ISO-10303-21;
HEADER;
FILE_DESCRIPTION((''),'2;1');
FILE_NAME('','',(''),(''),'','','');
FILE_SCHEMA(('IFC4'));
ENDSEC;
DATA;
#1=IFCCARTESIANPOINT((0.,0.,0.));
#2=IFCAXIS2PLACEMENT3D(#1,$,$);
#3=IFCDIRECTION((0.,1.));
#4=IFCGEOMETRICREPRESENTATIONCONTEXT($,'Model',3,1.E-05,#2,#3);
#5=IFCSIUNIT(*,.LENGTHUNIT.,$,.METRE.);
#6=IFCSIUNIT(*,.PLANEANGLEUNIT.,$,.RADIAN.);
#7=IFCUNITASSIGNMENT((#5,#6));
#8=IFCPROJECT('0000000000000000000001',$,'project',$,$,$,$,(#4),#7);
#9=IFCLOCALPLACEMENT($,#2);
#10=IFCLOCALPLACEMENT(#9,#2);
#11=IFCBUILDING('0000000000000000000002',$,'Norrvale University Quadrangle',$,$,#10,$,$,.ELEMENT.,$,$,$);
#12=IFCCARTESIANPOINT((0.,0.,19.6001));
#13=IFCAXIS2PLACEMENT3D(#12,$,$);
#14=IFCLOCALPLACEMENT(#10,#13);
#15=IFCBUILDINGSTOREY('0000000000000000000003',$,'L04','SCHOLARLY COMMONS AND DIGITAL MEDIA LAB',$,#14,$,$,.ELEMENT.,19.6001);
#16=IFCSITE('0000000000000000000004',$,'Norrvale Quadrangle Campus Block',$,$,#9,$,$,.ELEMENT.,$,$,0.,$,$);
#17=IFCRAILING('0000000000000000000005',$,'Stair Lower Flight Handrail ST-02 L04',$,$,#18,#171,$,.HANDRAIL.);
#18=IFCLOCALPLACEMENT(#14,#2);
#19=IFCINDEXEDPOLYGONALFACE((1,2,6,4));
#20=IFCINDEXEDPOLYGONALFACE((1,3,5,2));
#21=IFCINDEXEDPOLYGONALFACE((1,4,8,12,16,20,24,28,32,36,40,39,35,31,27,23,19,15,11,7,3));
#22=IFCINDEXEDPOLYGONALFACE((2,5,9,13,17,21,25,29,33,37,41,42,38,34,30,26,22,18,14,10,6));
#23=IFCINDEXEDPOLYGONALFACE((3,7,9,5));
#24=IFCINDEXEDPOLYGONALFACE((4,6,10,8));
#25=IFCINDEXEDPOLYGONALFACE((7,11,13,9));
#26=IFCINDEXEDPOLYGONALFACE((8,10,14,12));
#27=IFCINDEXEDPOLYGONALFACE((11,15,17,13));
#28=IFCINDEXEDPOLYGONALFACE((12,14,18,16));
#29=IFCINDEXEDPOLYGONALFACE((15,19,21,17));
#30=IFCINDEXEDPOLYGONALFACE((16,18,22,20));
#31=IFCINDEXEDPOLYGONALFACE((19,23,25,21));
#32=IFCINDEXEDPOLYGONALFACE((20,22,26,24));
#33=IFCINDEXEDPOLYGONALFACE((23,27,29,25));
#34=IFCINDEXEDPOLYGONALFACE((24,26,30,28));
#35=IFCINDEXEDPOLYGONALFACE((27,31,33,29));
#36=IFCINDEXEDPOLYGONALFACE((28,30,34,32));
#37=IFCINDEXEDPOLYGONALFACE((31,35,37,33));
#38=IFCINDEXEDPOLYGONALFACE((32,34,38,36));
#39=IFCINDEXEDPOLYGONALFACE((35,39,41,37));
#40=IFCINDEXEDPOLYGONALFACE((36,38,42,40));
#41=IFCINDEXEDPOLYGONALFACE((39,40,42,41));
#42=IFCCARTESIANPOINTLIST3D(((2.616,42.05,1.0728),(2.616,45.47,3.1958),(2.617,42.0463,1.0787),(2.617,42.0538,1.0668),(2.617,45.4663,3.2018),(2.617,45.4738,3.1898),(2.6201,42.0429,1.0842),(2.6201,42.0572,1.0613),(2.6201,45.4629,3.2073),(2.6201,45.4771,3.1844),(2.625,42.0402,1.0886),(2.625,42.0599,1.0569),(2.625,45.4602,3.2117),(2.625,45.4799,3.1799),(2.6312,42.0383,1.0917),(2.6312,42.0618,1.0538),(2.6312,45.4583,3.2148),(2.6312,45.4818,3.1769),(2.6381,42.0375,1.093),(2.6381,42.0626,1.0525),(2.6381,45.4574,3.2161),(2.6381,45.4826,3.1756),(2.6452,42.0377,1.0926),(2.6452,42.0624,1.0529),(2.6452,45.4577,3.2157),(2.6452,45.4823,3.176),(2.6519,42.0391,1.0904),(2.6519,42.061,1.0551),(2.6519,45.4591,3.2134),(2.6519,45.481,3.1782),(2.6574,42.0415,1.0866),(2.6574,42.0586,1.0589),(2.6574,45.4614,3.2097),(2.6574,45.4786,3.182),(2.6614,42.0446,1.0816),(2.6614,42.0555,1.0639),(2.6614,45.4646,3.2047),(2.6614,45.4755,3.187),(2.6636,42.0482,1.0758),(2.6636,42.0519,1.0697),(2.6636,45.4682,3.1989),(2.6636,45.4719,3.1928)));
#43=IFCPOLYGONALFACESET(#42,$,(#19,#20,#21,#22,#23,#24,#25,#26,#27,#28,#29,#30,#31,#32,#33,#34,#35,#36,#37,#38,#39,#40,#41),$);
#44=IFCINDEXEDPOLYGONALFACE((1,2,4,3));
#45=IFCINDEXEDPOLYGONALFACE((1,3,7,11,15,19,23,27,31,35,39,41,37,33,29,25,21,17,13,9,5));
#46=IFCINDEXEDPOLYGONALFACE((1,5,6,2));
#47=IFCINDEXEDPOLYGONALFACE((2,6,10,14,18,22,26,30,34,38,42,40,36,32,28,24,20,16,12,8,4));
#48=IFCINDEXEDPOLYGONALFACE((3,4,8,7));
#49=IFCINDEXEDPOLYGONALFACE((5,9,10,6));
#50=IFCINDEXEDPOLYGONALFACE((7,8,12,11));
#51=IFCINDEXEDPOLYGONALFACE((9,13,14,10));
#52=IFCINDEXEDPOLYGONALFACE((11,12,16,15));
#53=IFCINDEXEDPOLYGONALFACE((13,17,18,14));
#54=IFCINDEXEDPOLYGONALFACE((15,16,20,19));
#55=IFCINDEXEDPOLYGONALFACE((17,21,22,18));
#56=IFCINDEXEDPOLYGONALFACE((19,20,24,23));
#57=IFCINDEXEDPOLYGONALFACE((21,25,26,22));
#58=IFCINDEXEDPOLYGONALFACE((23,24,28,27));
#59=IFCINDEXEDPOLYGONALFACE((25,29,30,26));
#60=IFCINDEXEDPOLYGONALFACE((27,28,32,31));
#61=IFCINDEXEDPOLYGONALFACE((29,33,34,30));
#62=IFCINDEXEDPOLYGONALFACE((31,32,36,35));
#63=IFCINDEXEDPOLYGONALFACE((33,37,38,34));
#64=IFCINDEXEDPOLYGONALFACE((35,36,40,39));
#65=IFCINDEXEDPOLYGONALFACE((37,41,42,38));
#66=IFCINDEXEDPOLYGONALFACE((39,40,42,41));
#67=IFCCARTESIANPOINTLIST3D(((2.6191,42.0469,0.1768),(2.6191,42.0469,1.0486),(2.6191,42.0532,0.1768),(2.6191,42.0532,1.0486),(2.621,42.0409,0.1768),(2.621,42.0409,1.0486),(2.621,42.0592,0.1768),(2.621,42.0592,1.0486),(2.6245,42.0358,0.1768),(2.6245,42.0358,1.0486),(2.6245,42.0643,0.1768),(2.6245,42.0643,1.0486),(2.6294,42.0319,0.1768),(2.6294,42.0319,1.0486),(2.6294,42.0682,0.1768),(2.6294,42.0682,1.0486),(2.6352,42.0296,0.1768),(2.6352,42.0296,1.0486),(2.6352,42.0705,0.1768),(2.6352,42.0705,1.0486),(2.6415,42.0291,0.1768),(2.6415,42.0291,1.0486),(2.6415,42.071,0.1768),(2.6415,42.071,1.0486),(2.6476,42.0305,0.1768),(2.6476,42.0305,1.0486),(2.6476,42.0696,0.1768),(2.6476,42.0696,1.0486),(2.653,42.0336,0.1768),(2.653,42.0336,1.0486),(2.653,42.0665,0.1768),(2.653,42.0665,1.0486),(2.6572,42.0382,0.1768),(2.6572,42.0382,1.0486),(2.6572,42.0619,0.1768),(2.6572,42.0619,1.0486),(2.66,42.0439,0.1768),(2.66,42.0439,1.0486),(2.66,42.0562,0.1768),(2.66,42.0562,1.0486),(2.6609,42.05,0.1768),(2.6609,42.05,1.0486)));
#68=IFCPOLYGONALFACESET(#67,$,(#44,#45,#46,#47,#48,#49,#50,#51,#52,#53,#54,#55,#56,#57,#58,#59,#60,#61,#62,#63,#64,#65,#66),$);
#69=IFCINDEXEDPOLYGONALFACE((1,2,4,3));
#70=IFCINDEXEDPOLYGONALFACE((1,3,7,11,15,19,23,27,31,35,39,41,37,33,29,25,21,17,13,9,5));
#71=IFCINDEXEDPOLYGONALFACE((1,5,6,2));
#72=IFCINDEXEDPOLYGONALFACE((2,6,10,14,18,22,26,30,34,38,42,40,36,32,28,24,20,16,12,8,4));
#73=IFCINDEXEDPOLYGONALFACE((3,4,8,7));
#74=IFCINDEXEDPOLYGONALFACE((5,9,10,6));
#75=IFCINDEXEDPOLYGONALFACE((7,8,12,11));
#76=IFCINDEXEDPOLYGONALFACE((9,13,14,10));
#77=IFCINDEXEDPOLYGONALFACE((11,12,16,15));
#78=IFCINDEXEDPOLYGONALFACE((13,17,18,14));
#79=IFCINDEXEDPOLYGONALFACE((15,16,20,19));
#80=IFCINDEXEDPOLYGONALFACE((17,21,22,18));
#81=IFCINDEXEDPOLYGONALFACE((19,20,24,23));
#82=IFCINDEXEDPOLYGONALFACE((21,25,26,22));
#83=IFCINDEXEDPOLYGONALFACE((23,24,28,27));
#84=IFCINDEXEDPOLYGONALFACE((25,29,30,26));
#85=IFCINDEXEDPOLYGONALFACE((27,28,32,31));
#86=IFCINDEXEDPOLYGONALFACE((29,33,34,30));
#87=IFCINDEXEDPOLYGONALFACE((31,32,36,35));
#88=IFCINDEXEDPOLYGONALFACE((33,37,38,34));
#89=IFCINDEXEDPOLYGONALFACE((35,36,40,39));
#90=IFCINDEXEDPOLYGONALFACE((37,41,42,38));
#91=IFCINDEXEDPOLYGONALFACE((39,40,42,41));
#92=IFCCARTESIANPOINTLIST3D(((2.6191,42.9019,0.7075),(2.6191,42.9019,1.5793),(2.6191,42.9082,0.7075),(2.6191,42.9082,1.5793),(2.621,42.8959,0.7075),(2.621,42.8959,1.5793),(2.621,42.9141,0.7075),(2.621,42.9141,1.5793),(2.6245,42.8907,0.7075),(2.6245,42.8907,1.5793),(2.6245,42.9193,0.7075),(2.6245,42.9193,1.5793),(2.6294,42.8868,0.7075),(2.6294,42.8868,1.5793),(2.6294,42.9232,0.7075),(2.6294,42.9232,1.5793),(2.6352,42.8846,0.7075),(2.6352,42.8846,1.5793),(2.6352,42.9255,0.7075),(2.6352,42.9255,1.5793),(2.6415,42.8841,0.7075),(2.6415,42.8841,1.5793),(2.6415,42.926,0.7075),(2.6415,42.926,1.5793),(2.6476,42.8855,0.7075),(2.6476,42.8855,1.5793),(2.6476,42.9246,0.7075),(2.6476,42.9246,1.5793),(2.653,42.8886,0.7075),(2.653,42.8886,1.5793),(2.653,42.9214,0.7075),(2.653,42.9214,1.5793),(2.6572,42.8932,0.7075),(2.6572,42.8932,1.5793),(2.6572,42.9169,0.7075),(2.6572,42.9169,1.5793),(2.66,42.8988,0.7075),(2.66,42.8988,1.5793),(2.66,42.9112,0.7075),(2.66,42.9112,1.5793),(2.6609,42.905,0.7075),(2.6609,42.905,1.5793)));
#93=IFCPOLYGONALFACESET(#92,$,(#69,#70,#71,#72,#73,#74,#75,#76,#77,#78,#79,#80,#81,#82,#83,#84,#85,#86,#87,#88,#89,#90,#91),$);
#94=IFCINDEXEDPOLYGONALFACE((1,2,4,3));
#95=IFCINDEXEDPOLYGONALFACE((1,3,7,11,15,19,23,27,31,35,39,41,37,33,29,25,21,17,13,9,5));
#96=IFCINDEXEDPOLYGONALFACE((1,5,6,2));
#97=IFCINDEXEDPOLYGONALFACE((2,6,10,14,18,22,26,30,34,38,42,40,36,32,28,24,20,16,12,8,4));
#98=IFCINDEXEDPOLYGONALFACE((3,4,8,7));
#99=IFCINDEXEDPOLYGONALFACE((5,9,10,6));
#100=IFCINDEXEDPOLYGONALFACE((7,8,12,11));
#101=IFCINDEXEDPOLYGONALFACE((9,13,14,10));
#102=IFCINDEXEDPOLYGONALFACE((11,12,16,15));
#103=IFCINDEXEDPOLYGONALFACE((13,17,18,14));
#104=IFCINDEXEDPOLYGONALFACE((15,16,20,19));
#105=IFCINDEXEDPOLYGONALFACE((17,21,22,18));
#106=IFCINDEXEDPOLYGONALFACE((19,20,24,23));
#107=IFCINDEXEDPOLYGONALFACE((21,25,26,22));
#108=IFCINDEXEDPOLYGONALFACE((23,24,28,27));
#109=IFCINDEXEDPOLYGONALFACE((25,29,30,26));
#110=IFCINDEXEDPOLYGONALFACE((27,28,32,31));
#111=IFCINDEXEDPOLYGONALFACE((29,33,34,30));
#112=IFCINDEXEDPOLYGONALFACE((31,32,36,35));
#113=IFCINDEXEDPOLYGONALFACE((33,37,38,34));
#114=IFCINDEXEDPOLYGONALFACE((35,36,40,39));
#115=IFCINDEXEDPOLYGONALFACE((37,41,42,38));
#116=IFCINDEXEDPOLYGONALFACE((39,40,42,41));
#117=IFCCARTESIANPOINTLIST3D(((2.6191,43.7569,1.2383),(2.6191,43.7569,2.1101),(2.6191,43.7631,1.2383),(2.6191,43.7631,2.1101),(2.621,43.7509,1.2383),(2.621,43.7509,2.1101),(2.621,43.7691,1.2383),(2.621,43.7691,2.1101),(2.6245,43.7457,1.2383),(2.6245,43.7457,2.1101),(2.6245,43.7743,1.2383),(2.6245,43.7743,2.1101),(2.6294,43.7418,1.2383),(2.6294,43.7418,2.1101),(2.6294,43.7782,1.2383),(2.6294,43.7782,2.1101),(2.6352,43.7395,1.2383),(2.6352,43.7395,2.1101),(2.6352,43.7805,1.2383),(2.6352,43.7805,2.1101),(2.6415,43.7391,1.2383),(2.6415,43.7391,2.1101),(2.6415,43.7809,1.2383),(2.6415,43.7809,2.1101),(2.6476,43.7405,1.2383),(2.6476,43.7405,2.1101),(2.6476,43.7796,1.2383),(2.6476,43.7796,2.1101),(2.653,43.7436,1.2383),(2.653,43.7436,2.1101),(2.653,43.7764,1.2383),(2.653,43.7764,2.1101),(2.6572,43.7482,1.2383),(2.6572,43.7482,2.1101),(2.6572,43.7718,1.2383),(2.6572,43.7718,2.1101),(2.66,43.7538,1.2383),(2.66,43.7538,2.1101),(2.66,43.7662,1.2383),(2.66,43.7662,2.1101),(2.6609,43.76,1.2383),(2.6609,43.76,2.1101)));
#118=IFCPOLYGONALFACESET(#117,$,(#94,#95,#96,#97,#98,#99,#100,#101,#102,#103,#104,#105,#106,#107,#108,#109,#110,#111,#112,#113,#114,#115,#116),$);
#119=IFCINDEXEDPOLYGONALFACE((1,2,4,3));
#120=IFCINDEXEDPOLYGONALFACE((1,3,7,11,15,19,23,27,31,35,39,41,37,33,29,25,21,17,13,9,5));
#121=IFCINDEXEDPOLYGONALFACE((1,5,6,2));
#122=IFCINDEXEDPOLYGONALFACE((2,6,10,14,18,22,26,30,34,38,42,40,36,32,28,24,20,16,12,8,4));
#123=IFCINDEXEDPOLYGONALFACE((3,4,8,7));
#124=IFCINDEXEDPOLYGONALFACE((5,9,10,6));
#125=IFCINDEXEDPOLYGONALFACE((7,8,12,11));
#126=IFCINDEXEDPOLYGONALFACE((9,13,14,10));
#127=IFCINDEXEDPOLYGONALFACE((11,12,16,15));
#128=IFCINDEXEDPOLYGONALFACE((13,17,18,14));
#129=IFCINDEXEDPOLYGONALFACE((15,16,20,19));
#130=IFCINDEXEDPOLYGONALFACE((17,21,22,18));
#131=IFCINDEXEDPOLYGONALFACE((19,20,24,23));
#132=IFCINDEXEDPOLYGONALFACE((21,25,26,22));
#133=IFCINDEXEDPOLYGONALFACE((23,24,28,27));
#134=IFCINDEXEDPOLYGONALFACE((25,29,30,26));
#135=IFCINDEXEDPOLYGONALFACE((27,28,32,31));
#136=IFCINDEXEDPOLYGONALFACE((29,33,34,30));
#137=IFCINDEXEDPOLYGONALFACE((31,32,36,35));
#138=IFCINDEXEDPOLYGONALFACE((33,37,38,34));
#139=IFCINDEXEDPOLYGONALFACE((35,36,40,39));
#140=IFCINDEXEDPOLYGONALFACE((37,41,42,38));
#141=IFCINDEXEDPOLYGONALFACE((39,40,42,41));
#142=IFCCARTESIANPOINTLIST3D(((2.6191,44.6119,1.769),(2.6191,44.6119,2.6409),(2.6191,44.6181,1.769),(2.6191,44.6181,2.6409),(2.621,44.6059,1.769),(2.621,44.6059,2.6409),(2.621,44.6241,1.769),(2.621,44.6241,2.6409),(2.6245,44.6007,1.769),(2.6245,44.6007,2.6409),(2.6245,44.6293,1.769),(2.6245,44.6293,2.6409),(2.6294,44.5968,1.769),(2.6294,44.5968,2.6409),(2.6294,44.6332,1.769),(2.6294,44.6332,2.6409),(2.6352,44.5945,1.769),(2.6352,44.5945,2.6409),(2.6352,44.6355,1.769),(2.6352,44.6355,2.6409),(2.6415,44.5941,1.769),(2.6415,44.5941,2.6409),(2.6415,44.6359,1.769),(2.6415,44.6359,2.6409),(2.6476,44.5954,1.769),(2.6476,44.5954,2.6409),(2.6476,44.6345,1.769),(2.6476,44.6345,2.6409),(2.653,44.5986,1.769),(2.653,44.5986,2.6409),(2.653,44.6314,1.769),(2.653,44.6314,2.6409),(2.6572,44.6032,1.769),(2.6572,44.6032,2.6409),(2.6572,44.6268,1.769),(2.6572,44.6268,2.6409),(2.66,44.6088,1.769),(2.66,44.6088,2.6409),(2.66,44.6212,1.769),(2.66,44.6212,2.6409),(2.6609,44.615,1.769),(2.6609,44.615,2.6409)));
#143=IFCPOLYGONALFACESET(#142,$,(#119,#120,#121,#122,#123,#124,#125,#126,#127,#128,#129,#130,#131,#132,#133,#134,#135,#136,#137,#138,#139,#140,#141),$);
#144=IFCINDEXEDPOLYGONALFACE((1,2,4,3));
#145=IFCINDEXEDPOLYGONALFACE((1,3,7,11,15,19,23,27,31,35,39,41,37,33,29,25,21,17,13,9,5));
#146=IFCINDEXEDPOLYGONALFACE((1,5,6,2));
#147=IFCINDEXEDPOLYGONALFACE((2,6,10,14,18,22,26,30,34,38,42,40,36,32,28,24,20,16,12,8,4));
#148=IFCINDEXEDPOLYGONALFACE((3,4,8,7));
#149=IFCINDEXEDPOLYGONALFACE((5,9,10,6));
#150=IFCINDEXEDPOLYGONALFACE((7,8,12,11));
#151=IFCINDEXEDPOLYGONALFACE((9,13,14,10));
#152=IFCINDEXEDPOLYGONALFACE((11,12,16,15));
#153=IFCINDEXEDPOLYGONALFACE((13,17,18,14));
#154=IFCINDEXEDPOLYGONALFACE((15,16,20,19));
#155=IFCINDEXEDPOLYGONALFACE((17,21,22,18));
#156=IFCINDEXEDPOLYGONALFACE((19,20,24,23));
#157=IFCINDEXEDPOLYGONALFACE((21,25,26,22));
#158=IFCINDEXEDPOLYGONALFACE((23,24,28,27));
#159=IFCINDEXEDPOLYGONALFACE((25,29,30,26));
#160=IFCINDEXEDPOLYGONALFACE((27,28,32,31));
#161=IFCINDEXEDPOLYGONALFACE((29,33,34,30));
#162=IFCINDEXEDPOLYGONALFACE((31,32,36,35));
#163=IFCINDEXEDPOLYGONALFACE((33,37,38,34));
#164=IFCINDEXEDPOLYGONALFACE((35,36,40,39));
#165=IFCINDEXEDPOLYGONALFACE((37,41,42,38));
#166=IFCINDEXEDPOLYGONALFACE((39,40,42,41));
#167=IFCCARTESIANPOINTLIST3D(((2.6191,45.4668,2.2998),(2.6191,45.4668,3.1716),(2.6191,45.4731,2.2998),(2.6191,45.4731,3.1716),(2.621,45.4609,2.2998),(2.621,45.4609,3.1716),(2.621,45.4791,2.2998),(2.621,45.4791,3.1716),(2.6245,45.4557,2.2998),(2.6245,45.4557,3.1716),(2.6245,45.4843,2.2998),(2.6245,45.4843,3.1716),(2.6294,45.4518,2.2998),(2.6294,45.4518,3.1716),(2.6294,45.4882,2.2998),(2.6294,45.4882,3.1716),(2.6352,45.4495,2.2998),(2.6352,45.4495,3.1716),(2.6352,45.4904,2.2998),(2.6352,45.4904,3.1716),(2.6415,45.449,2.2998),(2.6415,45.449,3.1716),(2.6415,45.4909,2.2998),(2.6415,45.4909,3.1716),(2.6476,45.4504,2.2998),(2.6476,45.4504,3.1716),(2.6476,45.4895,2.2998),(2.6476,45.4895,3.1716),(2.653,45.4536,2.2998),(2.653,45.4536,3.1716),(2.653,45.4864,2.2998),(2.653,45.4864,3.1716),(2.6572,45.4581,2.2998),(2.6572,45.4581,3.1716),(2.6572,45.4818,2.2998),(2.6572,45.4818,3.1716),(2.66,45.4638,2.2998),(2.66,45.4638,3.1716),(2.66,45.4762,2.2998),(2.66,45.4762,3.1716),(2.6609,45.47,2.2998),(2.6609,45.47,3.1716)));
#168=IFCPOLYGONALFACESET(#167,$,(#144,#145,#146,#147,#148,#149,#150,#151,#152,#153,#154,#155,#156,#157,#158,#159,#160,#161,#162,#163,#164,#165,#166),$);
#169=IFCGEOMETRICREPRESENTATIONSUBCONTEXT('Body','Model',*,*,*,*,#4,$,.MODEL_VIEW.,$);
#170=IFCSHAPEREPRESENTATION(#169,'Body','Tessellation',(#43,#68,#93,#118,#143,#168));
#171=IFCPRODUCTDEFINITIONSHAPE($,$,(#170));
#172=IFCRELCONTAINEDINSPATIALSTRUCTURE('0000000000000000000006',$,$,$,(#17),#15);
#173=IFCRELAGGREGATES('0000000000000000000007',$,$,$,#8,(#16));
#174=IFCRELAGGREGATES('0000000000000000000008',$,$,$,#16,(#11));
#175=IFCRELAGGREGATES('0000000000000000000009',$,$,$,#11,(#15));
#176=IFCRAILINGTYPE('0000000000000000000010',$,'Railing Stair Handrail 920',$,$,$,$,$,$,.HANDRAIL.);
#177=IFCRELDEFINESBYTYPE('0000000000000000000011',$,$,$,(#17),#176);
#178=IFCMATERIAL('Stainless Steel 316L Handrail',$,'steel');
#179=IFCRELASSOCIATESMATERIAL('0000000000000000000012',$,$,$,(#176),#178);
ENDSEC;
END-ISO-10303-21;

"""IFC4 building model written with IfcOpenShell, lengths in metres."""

from ifc_helpers import new_model, si_unit, direction, frame, origin, origin_2d, place, context, subcontext, project, spatial, circle, extrude, material, type_object, element, save


model = new_model("IFC4")

# Units and contexts
model_context = context("Model", 3, precision=1e-05, world=origin(), true_north=direction((0.0, 1.0)))
body_context = subcontext(model_context, "Body", "Model", "MODEL_VIEW")
ifc_project = project(units=[si_unit("LENGTHUNIT", "METRE"), si_unit("PLANEANGLEUNIT", "RADIAN")], contexts=[model_context])

# Site, building, storey
site_placement = place(None, origin())
site = spatial("IfcSite", under=ifc_project, at=site_placement, Name="Norrvale Quadrangle Campus Block", CompositionType="ELEMENT", RefElevation=0.0)
building_placement = place(site_placement, origin())
building = spatial("IfcBuilding", under=site, at=building_placement, Name="Norrvale University Quadrangle", CompositionType="ELEMENT")
storey_placement = place(building_placement, frame((0.0, 0.0, 19.6001)))
storey = spatial("IfcBuildingStorey", under=building, at=storey_placement, Name="L04", Description="SCHOLARLY COMMONS AND DIGITAL MEDIA LAB", CompositionType="ELEMENT", Elevation=19.6001)

# Railing
ifc_material_1 = material(Name="Stainless Steel 316L Handrail", Category="steel")
railing_type_1 = type_object("IfcRailingType", Name="Railing Stair Handrail 920", PredefinedType="HANDRAIL", material=ifc_material_1)
railing_1_placement = place(storey_placement, frame((2.6399, 42.05, 0.1768)))
element("IfcRailing", 1, at=railing_1_placement, inside=storey, type_object=railing_type_1, Name="Stair Lower Flight Handrail ST-02 L04", PredefinedType="HANDRAIL", context=body_context, shape_type="SweptSolid", body=[
    extrude(circle(Radius=0.0239, at=origin_2d()), frame((0.0, 0.0, 0.896), z_axis=(0.0, 0.849603, 0.527423), x_axis=(-1.0, 0.0, 0.0)), (0.0, 0.0, 1.0), 4.0254),
    extrude(circle(Radius=0.021, at=origin_2d()), origin(), (0.0, 0.0, 1.0), 0.8718),
    extrude(circle(Radius=0.021, at=origin_2d()), frame((0.0, 0.855, 0.5308)), (0.0, 0.0, 1.0), 0.8718),
    extrude(circle(Radius=0.021, at=origin_2d()), frame((0.0, 1.71, 1.0615)), (0.0, 0.0, 1.0), 0.8718),
    extrude(circle(Radius=0.021, at=origin_2d()), frame((0.0, 2.5649, 1.5923)), (0.0, 0.0, 1.0), 0.8718),
    extrude(circle(Radius=0.021, at=origin_2d()), frame((0.0, 3.4199, 2.123)), (0.0, 0.0, 1.0), 0.8718),
])

save(model, "model.ifc")
